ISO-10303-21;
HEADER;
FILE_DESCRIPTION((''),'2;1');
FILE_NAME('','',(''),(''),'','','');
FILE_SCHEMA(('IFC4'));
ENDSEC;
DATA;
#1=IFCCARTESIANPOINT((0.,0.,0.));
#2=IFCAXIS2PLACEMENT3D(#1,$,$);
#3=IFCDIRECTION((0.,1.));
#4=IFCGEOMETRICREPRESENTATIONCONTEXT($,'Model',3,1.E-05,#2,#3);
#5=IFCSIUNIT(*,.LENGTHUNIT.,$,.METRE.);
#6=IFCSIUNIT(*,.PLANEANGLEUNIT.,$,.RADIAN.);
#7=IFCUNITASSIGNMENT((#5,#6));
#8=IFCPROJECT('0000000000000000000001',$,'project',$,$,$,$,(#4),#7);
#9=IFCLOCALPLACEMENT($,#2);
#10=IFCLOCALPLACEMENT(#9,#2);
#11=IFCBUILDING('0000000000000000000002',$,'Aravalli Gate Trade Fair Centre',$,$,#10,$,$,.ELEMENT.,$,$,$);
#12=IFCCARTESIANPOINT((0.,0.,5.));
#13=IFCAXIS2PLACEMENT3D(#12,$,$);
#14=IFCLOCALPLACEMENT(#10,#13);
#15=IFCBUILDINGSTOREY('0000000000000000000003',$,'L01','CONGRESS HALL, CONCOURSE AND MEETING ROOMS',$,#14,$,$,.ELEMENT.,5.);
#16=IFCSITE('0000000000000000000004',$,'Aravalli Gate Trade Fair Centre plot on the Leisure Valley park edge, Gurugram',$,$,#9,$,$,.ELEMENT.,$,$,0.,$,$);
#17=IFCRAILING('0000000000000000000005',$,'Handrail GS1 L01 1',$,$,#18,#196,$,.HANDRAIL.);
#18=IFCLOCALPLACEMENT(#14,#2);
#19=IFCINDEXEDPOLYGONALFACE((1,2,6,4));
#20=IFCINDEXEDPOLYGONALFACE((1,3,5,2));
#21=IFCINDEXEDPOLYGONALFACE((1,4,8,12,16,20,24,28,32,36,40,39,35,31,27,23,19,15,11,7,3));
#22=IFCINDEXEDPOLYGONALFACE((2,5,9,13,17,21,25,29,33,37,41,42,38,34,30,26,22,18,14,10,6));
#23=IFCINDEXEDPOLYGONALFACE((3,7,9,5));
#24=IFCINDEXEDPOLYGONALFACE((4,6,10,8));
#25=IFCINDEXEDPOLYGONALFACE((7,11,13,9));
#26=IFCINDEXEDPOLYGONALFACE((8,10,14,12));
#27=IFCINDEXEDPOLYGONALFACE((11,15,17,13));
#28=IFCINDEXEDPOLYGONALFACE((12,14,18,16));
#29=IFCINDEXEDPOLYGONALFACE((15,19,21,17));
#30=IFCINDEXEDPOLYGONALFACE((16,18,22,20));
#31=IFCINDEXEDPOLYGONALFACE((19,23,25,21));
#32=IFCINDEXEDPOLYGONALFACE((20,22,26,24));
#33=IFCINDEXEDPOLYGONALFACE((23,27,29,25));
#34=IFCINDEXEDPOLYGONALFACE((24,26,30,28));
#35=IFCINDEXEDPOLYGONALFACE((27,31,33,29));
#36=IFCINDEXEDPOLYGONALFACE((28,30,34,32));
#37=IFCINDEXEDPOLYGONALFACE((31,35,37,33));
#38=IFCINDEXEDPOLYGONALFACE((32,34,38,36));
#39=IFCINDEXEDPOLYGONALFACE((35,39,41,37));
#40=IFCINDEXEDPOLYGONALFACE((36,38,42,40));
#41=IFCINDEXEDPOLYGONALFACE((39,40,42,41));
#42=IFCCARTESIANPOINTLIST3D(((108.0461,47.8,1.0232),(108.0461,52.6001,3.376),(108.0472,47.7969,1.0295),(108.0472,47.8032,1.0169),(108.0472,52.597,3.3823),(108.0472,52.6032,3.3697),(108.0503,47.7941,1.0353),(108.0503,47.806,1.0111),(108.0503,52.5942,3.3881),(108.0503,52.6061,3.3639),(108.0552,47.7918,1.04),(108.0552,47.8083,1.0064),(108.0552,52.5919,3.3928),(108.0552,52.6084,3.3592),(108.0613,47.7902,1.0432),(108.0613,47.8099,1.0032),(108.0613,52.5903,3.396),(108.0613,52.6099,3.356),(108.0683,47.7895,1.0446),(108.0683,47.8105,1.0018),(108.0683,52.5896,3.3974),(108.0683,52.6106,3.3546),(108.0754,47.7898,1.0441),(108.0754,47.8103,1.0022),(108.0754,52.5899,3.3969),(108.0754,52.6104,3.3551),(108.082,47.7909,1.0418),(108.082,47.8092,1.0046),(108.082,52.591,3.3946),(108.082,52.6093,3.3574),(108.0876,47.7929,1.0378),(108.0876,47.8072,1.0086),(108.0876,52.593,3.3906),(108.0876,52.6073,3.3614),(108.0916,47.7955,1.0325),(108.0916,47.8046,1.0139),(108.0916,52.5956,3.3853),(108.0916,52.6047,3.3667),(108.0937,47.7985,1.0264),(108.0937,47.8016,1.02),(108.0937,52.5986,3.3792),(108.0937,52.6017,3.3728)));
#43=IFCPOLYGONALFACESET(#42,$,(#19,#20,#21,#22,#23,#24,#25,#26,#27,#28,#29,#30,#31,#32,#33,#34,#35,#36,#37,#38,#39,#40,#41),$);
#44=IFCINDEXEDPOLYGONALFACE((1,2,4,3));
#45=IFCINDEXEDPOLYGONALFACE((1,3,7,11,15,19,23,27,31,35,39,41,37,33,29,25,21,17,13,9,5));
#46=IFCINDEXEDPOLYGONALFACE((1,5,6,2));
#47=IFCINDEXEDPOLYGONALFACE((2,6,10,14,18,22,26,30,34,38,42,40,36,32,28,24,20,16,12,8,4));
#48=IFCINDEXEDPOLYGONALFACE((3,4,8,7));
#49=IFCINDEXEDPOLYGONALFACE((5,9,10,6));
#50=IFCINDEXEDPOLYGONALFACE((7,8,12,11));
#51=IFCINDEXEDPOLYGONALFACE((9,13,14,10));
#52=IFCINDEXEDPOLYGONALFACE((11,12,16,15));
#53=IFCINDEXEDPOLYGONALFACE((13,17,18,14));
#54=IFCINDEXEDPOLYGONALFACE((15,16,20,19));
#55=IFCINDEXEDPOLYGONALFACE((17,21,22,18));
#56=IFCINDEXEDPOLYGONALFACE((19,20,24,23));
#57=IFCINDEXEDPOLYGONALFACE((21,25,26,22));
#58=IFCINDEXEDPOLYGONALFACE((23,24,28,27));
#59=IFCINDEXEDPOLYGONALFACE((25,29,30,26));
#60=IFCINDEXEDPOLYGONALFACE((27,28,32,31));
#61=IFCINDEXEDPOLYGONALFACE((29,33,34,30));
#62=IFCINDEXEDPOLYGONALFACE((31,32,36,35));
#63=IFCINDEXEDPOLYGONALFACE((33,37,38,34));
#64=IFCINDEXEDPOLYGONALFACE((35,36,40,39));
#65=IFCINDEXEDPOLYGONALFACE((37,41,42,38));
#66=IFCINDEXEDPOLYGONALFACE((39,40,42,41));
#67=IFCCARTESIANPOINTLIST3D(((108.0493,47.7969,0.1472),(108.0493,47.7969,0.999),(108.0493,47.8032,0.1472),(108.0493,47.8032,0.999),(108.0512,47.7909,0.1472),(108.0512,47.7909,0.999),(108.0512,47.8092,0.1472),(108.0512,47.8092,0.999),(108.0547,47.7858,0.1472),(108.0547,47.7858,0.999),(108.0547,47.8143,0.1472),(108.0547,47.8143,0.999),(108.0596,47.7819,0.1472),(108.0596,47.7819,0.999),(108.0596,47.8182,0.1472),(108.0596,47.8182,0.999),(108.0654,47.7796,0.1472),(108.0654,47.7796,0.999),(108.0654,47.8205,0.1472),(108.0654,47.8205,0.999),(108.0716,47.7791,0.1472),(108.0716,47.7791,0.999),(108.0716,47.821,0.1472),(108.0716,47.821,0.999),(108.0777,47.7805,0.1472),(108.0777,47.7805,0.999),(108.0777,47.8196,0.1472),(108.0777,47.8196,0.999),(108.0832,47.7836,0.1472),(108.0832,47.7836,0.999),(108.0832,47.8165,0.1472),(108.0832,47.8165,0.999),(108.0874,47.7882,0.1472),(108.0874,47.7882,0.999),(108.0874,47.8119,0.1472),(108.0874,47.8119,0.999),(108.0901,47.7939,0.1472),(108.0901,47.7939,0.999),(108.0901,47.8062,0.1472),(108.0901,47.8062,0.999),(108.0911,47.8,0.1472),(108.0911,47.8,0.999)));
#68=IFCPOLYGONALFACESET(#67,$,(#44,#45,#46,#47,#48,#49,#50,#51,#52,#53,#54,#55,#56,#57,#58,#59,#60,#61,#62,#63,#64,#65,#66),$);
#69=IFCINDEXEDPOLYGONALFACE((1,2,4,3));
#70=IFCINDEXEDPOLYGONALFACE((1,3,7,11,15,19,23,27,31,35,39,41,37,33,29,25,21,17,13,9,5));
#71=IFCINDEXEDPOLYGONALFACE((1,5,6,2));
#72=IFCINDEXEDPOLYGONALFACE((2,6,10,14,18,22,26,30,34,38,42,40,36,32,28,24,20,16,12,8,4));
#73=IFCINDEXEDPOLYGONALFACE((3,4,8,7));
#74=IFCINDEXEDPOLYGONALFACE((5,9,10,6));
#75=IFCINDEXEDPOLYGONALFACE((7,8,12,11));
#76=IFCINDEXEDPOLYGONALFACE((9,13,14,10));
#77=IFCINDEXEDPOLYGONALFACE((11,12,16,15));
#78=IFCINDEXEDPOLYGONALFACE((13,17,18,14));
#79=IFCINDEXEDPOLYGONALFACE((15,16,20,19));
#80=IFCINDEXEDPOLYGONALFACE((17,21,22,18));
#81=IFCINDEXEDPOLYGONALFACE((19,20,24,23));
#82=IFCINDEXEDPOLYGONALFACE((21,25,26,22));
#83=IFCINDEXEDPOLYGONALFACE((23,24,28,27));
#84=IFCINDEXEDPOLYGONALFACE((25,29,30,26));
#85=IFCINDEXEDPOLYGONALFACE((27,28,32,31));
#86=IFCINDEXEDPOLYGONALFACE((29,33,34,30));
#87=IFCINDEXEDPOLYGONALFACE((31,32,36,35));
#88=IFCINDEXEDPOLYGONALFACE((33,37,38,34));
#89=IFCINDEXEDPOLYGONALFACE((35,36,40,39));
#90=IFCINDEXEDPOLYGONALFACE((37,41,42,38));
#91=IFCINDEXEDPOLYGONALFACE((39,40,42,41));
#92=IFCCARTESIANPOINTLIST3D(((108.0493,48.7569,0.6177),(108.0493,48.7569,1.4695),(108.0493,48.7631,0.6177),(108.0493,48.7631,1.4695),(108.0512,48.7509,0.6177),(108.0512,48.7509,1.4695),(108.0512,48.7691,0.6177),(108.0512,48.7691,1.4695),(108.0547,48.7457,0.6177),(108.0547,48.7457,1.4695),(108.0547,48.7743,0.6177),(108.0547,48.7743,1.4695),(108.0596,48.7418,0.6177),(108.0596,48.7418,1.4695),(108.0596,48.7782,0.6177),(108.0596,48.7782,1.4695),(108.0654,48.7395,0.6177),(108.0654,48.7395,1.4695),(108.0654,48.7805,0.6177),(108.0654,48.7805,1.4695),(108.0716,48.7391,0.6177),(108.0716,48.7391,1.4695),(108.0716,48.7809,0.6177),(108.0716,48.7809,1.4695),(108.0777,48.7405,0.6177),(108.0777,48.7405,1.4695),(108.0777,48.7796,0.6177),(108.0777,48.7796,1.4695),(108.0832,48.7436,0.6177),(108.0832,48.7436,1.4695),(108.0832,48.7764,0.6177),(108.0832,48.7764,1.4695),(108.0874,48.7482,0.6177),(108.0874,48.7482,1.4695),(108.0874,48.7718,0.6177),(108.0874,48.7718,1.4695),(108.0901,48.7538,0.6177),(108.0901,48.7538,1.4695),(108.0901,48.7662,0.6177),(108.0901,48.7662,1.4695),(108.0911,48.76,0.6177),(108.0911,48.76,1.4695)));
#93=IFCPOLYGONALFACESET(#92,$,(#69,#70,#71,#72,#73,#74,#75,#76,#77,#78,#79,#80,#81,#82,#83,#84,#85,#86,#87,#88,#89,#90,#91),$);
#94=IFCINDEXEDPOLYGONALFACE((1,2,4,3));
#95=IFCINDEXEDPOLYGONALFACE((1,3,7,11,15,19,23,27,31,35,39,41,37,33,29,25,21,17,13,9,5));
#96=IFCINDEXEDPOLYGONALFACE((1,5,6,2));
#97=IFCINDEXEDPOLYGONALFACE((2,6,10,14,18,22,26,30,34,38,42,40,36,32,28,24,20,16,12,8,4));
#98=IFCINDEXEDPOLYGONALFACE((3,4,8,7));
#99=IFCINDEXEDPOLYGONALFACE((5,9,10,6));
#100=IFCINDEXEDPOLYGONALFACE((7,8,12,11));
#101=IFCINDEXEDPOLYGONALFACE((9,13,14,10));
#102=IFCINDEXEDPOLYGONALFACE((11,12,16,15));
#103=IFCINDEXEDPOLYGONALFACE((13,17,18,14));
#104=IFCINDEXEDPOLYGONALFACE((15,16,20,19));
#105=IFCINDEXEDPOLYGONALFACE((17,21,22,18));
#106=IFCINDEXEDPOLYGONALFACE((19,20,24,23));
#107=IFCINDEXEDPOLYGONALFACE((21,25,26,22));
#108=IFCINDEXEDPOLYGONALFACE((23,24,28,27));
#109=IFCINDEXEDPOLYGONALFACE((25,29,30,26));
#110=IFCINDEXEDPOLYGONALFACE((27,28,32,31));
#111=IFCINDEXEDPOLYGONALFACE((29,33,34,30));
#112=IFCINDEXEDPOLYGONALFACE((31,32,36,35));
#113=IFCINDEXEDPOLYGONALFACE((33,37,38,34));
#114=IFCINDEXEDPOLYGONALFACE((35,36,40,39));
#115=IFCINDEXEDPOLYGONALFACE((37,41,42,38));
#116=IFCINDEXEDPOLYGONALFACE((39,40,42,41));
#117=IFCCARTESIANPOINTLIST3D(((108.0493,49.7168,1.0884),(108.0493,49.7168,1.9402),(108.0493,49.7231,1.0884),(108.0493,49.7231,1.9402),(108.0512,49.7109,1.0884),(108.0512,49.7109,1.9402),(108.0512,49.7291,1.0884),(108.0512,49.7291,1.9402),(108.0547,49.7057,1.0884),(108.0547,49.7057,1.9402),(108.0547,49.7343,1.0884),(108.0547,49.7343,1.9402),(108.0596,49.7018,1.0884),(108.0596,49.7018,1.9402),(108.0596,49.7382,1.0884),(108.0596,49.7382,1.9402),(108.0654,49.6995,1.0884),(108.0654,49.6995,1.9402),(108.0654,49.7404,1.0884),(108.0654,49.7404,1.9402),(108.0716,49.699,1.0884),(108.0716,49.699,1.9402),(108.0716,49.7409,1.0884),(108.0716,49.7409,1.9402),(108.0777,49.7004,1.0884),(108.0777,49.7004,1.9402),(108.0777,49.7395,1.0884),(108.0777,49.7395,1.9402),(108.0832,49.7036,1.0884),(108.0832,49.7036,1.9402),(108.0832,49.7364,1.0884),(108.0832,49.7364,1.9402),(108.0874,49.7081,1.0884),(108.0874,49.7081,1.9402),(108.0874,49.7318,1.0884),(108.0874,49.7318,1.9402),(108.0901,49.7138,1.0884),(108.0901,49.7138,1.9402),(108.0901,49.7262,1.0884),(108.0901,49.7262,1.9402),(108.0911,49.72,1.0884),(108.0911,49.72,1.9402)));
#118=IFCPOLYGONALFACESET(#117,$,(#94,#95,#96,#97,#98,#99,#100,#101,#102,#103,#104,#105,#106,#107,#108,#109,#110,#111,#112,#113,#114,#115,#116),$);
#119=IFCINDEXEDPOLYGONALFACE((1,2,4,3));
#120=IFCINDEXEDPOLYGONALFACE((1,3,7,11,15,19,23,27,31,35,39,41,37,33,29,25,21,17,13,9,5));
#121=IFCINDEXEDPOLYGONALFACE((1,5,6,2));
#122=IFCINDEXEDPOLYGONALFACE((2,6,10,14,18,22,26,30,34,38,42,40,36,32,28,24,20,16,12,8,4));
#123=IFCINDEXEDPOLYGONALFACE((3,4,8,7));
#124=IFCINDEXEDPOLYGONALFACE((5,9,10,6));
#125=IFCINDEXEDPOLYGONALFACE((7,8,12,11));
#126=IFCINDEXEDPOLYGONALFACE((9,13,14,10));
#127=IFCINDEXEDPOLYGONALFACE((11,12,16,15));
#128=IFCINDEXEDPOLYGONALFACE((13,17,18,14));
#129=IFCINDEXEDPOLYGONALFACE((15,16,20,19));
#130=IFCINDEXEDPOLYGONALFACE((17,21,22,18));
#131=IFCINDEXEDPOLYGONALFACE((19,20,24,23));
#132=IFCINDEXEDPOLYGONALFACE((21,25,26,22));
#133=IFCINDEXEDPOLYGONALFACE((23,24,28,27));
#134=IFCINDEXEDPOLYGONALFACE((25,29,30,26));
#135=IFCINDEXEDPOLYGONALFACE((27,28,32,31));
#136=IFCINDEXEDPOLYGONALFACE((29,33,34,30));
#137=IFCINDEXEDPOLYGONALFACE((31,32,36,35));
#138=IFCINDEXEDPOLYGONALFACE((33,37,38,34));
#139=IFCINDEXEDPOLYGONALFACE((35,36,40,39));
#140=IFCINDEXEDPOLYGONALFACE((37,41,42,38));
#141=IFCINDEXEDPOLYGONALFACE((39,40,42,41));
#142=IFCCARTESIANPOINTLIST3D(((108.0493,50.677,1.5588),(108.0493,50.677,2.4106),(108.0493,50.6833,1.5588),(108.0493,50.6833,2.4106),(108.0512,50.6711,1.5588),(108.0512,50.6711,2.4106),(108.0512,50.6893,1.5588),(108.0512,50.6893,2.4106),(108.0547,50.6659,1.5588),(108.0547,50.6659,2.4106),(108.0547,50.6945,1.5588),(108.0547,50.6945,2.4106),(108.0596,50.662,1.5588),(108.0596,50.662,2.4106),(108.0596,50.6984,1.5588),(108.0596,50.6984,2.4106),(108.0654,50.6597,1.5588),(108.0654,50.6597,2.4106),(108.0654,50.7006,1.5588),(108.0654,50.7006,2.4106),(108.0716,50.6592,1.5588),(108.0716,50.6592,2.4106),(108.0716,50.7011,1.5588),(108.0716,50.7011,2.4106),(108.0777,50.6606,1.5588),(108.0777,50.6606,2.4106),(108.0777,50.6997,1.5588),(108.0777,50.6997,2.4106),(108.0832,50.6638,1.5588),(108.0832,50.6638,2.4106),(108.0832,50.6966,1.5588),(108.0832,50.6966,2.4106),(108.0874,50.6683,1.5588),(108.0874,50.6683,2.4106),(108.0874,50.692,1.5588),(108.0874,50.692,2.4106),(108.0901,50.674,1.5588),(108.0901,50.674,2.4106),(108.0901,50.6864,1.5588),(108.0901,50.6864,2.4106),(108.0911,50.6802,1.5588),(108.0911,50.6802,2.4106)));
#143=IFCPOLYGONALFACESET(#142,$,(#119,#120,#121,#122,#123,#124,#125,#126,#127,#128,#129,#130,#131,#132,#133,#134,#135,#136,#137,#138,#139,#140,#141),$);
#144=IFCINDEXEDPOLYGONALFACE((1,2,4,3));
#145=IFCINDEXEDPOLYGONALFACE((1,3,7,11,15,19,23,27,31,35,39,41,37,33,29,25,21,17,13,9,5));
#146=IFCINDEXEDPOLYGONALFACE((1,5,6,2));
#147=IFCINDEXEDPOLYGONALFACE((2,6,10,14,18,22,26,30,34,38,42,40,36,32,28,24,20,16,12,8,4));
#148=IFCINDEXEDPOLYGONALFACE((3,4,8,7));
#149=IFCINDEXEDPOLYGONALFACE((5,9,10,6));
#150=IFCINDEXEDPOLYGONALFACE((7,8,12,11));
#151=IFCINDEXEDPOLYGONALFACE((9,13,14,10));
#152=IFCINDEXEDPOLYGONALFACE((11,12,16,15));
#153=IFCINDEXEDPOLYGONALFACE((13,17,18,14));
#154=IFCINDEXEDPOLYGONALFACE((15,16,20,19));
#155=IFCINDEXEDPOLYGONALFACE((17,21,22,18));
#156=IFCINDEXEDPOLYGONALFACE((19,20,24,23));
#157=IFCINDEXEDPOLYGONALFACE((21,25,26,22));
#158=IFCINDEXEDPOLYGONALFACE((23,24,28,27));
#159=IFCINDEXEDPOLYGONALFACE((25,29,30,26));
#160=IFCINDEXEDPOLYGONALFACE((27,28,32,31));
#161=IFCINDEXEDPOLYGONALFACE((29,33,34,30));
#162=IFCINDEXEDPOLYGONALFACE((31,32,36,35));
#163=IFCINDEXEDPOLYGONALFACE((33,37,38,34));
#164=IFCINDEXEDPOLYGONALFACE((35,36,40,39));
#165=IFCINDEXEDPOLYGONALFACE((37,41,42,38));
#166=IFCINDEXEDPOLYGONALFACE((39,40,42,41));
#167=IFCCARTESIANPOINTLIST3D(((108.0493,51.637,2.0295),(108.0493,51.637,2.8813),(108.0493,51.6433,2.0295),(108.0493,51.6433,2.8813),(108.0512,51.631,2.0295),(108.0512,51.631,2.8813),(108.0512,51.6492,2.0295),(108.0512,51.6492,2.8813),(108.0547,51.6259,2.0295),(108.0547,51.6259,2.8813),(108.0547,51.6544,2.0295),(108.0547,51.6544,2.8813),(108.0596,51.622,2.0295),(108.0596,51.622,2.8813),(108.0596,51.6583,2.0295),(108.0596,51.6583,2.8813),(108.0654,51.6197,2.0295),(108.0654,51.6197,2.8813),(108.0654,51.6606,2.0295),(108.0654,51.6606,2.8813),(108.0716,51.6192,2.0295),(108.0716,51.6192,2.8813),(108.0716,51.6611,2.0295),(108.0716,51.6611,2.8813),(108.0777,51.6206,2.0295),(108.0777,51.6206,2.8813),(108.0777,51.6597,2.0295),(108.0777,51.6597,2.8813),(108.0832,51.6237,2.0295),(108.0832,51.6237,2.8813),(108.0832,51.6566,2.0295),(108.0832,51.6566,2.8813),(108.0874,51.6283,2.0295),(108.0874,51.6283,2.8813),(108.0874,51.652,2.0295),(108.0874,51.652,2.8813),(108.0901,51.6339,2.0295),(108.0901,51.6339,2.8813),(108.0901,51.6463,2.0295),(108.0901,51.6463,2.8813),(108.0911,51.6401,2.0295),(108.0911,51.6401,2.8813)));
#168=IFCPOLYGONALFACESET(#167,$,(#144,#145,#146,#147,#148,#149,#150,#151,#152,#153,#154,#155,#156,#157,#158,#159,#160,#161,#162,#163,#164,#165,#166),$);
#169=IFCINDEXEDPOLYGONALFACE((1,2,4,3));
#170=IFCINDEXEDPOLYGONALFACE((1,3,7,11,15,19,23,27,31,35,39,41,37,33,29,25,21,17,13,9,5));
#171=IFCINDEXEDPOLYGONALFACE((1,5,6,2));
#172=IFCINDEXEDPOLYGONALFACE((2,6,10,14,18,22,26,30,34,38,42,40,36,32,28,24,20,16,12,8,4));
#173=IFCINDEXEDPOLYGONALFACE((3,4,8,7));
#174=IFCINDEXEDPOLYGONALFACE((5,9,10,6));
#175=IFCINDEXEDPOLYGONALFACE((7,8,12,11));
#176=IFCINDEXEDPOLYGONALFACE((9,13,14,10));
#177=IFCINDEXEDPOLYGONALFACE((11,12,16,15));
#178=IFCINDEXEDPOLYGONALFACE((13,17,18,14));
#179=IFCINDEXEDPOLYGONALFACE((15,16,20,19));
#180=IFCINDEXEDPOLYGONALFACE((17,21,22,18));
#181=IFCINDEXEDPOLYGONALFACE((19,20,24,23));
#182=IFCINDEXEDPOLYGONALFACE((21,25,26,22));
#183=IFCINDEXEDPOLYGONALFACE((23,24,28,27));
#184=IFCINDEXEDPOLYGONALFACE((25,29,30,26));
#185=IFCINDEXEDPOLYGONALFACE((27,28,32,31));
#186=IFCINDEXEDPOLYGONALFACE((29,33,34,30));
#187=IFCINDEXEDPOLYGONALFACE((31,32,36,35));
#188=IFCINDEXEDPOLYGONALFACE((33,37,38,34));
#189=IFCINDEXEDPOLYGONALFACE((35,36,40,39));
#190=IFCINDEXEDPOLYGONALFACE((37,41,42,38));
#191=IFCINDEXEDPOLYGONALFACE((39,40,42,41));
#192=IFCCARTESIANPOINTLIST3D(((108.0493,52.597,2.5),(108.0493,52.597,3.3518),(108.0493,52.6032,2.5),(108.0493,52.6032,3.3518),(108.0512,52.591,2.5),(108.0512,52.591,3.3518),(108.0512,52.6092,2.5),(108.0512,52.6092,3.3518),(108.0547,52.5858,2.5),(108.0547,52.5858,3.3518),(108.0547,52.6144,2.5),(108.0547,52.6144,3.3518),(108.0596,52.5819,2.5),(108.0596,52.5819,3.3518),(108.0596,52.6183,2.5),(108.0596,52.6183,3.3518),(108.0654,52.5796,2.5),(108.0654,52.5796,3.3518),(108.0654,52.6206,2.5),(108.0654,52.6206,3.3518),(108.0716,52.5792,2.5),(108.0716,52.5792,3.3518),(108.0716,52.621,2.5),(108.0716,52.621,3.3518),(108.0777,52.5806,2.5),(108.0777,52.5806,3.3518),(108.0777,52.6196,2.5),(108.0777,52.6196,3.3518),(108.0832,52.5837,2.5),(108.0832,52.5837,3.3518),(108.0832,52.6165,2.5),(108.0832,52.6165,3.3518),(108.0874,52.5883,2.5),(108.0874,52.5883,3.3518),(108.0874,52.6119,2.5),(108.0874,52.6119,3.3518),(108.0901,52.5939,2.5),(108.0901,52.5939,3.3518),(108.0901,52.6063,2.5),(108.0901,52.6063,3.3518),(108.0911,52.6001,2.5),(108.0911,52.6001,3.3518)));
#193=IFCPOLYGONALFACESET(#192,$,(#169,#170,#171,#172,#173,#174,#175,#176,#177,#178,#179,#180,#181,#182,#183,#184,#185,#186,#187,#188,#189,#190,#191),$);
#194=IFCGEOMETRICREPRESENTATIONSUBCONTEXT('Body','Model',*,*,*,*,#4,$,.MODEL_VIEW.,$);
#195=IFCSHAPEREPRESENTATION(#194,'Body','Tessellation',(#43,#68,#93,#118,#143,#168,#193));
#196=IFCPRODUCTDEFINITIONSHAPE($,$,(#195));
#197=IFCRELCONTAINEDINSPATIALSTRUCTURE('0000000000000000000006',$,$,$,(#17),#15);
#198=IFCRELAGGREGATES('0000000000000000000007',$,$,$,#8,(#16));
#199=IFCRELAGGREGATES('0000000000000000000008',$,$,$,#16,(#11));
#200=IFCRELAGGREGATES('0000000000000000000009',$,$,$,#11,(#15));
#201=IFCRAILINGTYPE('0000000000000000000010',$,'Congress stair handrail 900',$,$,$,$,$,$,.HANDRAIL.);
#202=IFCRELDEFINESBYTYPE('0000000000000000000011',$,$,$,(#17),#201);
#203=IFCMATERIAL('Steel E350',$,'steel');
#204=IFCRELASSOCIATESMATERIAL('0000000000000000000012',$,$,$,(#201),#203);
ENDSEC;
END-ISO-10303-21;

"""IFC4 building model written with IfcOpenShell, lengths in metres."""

from ifc_helpers import new_model, si_unit, direction, frame, origin, origin_2d, place, context, subcontext, project, spatial, circle, extrude, material, type_object, element, save


model = new_model("IFC4")

# Units and contexts
model_context = context("Model", 3, precision=1e-05, world=origin(), true_north=direction((0.0, 1.0)))
body_context = subcontext(model_context, "Body", "Model", "MODEL_VIEW")
ifc_project = project(units=[si_unit("LENGTHUNIT", "METRE"), si_unit("PLANEANGLEUNIT", "RADIAN")], contexts=[model_context])

# Site, building, storey
site_placement = place(None, origin())
site = spatial("IfcSite", under=ifc_project, at=site_placement, Name="Aravalli Gate Trade Fair Centre plot on the Leisure Valley park edge, Gurugram", CompositionType="ELEMENT", RefElevation=0.0)
building_placement = place(site_placement, origin())
building = spatial("IfcBuilding", under=site, at=building_placement, Name="Aravalli Gate Trade Fair Centre", CompositionType="ELEMENT")
storey_placement = place(building_placement, frame((0.0, 0.0, 5.0)))
storey = spatial("IfcBuildingStorey", under=building, at=storey_placement, Name="L01", Description="CONGRESS HALL, CONCOURSE AND MEETING ROOMS", CompositionType="ELEMENT", Elevation=5.0)

# Railing
ifc_material_1 = material(Name="Steel E350", Category="steel")
railing_type = type_object("IfcRailingType", Name="Congress stair handrail 900", PredefinedType="HANDRAIL", material=ifc_material_1)
for number, where, name in (
    (1, (108.0701, 47.8, 0.1472), "Handrail GS1 L01 1"),
):
    element("IfcRailing", number, at=place(storey_placement, frame(where)), inside=storey, type_object=railing_type, Name=name, PredefinedType="HANDRAIL", context=body_context, shape_type="SweptSolid", body=[
        extrude(circle(Radius=0.0239, at=origin_2d()), frame((0.0, 0.0, 0.876), z_axis=(0.0, 0.897934, 0.44013), x_axis=(-1.0, 0.0, 0.0)), (0.0, 0.0, 1.0), 5.3457),
        extrude(circle(Radius=0.021, at=origin_2d()), origin(), (0.0, 0.0, 1.0), 0.8518),
        extrude(circle(Radius=0.021, at=origin_2d()), frame((0.0, 0.96, 0.4705)), (0.0, 0.0, 1.0), 0.8518),
        extrude(circle(Radius=0.021, at=origin_2d()), frame((0.0, 1.9199, 0.9412)), (0.0, 0.0, 1.0), 0.8518),
        extrude(circle(Radius=0.021, at=origin_2d()), frame((0.0, 2.8801, 1.4116)), (0.0, 0.0, 1.0), 0.8518),
        extrude(circle(Radius=0.021, at=origin_2d()), frame((0.0, 3.8401, 1.8823)), (0.0, 0.0, 1.0), 0.8518),
        extrude(circle(Radius=0.021, at=origin_2d()), frame((0.0, 4.8, 2.3528)), (0.0, 0.0, 1.0), 0.8518),
    ])

save(model, "model.ifc")
